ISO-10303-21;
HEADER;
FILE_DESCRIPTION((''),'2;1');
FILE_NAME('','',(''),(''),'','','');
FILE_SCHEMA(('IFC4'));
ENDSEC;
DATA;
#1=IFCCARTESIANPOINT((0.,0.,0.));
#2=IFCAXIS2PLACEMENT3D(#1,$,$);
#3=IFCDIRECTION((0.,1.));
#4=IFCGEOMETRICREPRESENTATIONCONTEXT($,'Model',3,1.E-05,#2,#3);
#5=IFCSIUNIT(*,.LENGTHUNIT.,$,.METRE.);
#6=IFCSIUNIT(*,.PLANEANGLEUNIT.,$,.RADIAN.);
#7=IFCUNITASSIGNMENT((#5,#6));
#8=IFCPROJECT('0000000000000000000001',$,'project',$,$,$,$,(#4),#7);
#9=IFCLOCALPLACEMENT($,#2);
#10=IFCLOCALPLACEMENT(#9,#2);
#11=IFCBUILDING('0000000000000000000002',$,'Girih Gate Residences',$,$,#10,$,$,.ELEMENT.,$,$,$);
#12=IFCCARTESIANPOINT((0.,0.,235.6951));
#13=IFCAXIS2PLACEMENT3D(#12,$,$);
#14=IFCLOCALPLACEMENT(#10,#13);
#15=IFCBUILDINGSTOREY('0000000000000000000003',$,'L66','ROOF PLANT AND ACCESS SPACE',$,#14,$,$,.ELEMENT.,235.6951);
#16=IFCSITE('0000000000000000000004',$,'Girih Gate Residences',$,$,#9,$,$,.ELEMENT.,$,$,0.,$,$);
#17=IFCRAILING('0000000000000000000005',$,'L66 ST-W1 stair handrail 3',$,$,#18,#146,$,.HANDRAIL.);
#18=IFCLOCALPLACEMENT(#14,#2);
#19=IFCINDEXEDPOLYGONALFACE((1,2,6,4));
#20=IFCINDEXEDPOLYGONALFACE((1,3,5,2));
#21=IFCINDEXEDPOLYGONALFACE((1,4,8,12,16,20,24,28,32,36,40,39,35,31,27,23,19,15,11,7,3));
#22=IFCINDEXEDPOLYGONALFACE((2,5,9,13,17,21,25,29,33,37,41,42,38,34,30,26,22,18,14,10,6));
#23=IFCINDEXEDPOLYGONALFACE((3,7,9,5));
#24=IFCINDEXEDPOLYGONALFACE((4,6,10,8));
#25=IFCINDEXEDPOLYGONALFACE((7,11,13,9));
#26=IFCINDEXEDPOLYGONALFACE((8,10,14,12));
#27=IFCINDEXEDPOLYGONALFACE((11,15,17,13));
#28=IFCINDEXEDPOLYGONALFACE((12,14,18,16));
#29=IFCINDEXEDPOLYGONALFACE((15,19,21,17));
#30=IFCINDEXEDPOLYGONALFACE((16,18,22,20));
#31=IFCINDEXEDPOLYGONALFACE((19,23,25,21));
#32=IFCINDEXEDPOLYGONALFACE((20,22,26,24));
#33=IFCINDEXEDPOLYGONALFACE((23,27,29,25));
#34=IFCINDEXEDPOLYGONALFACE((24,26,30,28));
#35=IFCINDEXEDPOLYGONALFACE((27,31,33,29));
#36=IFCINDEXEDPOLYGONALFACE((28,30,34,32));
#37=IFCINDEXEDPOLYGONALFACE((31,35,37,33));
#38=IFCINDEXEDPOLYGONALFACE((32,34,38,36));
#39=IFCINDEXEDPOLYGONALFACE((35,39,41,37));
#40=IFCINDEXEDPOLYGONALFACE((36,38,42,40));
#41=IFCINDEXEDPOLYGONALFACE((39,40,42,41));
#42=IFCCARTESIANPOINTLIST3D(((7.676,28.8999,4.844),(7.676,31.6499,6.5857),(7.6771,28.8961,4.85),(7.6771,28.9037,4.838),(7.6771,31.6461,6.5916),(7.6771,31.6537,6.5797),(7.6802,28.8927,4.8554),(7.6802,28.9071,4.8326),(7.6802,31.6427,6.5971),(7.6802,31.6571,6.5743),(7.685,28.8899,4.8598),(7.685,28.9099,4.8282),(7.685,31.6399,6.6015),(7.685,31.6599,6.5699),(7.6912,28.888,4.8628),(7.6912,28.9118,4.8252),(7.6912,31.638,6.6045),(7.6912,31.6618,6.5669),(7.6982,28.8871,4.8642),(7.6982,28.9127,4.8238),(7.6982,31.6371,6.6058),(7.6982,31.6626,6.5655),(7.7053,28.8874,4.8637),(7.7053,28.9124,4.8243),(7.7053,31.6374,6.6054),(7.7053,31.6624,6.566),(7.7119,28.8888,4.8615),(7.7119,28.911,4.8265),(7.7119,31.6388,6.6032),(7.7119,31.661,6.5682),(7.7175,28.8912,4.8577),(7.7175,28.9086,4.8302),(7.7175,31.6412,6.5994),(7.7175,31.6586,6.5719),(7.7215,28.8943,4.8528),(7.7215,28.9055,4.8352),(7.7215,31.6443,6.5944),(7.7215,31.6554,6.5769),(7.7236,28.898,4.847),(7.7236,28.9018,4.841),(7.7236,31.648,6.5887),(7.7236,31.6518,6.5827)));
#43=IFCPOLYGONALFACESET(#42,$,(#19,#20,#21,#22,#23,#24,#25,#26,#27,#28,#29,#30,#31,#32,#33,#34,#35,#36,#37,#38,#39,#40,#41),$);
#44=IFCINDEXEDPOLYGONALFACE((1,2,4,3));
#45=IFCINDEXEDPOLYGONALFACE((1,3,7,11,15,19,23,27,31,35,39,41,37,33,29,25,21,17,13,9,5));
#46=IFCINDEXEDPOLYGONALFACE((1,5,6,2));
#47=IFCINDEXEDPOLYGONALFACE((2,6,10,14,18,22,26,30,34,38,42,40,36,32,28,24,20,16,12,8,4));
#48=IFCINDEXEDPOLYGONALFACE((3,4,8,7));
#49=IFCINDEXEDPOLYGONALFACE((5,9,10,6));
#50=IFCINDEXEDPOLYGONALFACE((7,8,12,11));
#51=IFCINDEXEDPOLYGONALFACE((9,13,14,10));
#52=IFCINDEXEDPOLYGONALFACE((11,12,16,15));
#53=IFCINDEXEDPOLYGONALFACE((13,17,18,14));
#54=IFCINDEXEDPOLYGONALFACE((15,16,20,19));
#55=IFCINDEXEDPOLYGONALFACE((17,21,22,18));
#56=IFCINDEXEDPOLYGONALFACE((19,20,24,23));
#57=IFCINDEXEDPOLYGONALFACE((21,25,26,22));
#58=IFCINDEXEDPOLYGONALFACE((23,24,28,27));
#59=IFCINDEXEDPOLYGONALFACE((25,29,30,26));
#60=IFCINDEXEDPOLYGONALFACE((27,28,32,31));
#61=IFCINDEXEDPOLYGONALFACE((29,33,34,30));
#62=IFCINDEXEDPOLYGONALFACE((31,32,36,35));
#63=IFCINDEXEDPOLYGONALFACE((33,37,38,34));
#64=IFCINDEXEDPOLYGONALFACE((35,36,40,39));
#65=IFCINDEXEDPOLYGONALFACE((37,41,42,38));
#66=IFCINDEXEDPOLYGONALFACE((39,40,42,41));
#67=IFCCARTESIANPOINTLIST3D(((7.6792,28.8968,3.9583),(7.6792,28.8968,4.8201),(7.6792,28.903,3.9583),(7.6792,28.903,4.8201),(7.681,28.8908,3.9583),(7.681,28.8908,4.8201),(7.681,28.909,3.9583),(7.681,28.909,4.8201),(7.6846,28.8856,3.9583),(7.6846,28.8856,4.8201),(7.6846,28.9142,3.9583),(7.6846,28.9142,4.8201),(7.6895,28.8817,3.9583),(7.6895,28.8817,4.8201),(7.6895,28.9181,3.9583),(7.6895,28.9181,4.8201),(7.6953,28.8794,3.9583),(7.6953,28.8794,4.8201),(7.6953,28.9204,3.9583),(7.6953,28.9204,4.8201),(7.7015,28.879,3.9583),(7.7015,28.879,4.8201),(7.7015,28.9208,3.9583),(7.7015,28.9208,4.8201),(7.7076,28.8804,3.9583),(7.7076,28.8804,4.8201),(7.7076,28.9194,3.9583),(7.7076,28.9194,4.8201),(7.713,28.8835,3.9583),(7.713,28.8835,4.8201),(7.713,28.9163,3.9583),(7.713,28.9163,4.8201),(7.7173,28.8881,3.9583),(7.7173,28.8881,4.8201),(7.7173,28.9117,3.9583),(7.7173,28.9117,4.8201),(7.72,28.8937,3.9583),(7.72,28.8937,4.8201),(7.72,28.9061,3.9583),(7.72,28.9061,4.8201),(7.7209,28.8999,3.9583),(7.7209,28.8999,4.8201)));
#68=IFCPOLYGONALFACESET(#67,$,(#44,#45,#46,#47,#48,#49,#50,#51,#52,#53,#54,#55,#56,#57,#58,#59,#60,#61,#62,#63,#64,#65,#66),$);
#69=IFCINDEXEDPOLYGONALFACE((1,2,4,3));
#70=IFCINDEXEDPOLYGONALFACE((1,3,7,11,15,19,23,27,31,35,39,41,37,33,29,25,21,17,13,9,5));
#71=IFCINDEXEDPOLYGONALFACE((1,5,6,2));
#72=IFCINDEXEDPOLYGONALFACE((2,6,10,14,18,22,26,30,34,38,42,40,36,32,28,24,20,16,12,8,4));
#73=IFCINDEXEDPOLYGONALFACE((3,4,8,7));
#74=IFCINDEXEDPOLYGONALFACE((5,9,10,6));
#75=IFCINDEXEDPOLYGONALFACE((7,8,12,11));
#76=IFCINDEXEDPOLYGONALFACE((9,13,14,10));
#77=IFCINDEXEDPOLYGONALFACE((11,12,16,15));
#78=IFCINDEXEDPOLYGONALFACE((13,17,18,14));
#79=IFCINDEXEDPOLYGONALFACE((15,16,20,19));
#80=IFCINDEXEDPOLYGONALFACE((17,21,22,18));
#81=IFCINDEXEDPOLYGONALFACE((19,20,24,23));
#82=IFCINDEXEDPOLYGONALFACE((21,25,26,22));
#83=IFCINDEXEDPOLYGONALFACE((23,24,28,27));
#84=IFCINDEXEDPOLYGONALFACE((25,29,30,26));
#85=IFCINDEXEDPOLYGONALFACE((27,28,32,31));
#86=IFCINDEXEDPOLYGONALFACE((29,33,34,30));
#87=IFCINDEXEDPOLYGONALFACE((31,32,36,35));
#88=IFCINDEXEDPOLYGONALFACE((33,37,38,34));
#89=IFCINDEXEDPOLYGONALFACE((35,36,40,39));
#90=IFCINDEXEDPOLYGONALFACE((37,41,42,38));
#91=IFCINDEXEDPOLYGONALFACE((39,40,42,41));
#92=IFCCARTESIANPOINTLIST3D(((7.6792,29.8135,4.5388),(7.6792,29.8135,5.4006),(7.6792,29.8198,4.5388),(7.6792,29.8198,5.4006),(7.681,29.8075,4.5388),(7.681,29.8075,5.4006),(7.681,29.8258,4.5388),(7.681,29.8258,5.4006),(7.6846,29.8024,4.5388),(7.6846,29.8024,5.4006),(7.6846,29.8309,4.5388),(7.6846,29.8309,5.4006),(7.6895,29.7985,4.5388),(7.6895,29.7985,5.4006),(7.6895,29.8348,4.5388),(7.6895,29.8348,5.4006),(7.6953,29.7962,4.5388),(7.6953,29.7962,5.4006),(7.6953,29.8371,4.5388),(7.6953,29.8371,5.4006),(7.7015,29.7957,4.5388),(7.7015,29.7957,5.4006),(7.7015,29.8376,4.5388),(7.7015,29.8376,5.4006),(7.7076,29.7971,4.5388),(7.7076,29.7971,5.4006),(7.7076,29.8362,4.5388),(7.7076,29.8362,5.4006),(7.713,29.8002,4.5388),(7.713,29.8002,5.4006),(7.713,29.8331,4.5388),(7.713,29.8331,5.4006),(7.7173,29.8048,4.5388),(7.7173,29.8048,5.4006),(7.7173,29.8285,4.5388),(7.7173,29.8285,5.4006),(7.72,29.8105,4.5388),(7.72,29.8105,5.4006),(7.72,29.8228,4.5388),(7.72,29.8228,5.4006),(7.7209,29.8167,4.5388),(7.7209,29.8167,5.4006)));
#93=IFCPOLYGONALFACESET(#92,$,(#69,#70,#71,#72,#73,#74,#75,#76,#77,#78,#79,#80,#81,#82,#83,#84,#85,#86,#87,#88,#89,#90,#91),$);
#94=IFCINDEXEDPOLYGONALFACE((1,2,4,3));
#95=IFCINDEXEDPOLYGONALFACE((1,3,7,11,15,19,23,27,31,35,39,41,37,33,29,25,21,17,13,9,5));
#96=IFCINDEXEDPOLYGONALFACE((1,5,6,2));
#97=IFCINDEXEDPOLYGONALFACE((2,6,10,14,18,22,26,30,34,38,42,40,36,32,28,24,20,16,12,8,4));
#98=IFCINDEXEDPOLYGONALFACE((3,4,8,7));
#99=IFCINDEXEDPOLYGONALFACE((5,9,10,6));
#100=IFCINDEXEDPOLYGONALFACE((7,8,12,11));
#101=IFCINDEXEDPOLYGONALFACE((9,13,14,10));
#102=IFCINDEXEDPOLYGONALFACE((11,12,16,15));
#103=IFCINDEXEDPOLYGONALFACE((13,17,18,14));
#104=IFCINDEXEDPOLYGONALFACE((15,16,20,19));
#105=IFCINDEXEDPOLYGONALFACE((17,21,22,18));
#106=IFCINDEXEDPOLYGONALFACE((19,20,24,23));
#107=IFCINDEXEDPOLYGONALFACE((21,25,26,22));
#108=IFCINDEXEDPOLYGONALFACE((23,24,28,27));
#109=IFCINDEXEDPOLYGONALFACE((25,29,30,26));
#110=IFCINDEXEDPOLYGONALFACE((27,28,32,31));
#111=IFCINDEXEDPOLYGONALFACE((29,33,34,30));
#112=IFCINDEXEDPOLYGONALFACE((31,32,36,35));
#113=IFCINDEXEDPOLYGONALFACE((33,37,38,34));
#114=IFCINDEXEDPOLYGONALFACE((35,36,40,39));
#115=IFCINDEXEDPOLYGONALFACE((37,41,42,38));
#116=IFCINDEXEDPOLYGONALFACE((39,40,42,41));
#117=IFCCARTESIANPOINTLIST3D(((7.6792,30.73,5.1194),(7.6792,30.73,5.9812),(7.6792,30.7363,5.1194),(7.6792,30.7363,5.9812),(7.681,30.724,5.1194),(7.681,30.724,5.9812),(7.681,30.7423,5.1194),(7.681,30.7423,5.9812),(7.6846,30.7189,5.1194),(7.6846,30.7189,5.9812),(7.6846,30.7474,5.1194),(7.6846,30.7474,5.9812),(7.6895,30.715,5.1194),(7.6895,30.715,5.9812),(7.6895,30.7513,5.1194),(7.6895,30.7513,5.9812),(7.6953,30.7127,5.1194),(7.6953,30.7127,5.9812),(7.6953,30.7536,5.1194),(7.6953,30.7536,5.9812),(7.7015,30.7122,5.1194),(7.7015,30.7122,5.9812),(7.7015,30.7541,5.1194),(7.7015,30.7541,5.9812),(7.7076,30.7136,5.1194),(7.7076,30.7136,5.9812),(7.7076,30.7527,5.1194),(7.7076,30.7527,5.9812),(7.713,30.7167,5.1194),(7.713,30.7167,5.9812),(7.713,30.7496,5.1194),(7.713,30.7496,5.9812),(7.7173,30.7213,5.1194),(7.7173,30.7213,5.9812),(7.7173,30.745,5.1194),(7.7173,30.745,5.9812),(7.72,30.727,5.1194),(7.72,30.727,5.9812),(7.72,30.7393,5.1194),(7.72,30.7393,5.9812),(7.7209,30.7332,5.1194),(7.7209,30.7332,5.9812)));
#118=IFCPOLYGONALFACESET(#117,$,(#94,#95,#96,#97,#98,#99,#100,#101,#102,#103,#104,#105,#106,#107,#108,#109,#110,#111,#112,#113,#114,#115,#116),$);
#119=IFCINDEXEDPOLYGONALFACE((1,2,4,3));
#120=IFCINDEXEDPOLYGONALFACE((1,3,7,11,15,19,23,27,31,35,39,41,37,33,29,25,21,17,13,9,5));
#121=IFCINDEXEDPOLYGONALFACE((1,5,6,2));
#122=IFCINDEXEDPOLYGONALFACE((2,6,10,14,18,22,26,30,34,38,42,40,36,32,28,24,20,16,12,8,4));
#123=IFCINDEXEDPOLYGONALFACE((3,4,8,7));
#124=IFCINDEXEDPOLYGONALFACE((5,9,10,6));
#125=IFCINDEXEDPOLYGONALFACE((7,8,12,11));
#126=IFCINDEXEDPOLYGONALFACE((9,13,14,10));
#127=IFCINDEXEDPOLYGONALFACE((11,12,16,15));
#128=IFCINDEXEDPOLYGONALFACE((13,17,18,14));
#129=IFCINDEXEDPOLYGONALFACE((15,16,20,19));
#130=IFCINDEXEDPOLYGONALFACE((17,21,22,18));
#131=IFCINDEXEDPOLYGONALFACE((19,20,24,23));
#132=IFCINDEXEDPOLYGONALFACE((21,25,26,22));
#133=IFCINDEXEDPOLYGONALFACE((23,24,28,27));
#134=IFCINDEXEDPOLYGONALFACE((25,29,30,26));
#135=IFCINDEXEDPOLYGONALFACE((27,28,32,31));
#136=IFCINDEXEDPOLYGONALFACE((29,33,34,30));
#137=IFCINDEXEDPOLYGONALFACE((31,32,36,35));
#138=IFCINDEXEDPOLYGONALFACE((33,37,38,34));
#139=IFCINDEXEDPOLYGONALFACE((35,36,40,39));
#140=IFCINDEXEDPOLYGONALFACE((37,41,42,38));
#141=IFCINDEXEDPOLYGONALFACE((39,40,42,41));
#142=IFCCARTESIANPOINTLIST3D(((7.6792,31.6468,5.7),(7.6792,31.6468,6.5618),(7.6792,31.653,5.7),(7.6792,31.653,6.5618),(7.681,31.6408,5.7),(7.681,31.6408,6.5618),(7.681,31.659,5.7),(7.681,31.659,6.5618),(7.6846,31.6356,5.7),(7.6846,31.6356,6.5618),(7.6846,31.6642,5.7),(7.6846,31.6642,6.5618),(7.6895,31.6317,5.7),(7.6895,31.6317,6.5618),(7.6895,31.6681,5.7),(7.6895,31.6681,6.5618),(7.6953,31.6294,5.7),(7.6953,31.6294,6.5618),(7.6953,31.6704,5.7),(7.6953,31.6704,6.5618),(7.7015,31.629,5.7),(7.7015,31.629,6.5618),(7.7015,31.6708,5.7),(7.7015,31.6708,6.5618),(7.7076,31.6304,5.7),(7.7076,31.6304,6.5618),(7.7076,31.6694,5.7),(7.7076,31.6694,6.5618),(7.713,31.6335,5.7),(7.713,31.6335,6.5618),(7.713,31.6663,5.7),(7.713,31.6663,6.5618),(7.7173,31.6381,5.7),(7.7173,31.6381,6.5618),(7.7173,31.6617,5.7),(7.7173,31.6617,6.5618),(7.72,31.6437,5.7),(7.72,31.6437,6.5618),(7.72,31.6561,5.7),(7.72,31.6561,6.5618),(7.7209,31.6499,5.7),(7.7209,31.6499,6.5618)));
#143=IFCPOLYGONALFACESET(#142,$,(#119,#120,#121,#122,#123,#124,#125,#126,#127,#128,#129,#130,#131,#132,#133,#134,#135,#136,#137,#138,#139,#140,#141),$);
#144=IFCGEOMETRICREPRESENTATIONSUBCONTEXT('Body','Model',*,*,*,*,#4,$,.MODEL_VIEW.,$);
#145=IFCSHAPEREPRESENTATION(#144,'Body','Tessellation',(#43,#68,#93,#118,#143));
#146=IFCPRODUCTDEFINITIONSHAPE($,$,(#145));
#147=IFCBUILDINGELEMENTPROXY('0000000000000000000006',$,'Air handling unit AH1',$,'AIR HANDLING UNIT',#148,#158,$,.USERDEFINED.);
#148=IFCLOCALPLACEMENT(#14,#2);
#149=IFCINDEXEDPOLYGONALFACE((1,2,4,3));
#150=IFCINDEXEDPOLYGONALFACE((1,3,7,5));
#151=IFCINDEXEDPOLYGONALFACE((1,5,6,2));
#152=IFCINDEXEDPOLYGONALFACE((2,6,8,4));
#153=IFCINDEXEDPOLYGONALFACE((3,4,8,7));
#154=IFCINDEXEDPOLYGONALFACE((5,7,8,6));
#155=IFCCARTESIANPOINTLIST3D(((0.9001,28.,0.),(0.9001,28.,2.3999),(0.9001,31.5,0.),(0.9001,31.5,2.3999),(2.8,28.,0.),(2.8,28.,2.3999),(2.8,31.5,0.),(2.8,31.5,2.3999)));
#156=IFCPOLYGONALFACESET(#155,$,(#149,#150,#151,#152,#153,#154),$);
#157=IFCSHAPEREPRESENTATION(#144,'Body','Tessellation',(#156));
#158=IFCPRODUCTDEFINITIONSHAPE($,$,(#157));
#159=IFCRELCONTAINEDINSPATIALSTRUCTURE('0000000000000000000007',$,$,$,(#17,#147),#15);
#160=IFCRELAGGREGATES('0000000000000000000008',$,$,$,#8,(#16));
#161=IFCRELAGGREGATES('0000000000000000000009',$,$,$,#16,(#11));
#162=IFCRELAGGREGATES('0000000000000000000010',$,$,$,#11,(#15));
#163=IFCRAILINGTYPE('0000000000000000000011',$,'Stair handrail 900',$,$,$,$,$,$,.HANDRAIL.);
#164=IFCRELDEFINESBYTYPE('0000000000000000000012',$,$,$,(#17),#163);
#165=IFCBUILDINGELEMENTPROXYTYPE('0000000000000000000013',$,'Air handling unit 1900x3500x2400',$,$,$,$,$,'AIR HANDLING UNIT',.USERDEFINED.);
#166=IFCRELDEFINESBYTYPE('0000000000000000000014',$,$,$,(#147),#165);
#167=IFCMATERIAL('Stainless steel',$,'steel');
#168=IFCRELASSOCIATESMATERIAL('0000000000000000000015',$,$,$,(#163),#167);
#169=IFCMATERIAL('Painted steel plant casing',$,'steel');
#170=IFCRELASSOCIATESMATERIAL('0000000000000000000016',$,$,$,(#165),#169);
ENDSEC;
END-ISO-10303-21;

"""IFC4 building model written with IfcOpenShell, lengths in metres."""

from ifc_helpers import new_model, si_unit, direction, frame, origin, origin_2d, place, context, subcontext, project, spatial, rectangle, circle, extrude, material, type_object, element, save


model = new_model("IFC4")

# Units and contexts
model_context = context("Model", 3, precision=1e-05, world=origin(), true_north=direction((0.0, 1.0)))
body_context = subcontext(model_context, "Body", "Model", "MODEL_VIEW")
ifc_project = project(units=[si_unit("LENGTHUNIT", "METRE"), si_unit("PLANEANGLEUNIT", "RADIAN")], contexts=[model_context])

# Site, building, storey
site_placement = place(None, origin())
site = spatial("IfcSite", under=ifc_project, at=site_placement, Name="Girih Gate Residences", CompositionType="ELEMENT", RefElevation=0.0)
building_placement = place(site_placement, origin())
building = spatial("IfcBuilding", under=site, at=building_placement, Name="Girih Gate Residences", CompositionType="ELEMENT")
storey_placement = place(building_placement, frame((0.0, 0.0, 235.6951)))
storey = spatial("IfcBuildingStorey", under=building, at=storey_placement, Name="L66", Description="ROOF PLANT AND ACCESS SPACE", CompositionType="ELEMENT", Elevation=235.6951)

# Railing
ifc_material_1 = material(Name="Stainless steel", Category="steel")
railing_type_1 = type_object("IfcRailingType", Name="Stair handrail 900", PredefinedType="HANDRAIL", material=ifc_material_1)
for number, where, name in (
    (1, (7.7, 28.8999, 3.9583), "L66 ST-W1 stair handrail 3"),
):
    element("IfcRailing", number, at=place(storey_placement, frame(where)), inside=storey, type_object=railing_type_1, Name=name, PredefinedType="HANDRAIL", context=body_context, shape_type="SweptSolid", body=[
        extrude(circle(Radius=0.0239, at=origin_2d()), frame((0.0, 0.0, 0.8857), z_axis=(0.0, 0.844815, 0.535059), x_axis=(-1.0, 0.0, 0.0)), (0.0, 0.0, 1.0), 3.2551),
        extrude(circle(Radius=0.021, at=origin_2d()), origin(), (0.0, 0.0, 1.0), 0.8618),
        extrude(circle(Radius=0.021, at=origin_2d()), frame((0.0, 0.9167, 0.5806)), (0.0, 0.0, 1.0), 0.8618),
        extrude(circle(Radius=0.021, at=origin_2d()), frame((0.0, 1.8333, 1.1611)), (0.0, 0.0, 1.0), 0.8618),
        extrude(circle(Radius=0.021, at=origin_2d()), frame((0.0, 2.75, 1.7417)), (0.0, 0.0, 1.0), 0.8618),
    ])

# Building element proxy
ifc_material_2 = material(Name="Painted steel plant casing", Category="steel")
building_element_proxy_type = type_object("IfcBuildingElementProxyType", Name="Air handling unit 1900x3500x2400", ElementType="AIR HANDLING UNIT", PredefinedType="USERDEFINED", material=ifc_material_2)
proxy_placement = place(storey_placement, frame((1.8501, 29.75, 0.0), z_axis=(0.0, 0.0, 1.0), x_axis=(1.0, 0.0, 0.0)))
element("IfcBuildingElementProxy", 2, at=proxy_placement, inside=storey, type_object=building_element_proxy_type, Name="Air handling unit AH1", ObjectType="AIR HANDLING UNIT", PredefinedType="USERDEFINED", context=body_context, shape_type="SweptSolid", body=[
    extrude(rectangle(XDim=1.8999, YDim=3.5, at=origin_2d()), origin(), (0.0, 0.0, 1.0), 2.3999),
])

save(model, "model.ifc")
